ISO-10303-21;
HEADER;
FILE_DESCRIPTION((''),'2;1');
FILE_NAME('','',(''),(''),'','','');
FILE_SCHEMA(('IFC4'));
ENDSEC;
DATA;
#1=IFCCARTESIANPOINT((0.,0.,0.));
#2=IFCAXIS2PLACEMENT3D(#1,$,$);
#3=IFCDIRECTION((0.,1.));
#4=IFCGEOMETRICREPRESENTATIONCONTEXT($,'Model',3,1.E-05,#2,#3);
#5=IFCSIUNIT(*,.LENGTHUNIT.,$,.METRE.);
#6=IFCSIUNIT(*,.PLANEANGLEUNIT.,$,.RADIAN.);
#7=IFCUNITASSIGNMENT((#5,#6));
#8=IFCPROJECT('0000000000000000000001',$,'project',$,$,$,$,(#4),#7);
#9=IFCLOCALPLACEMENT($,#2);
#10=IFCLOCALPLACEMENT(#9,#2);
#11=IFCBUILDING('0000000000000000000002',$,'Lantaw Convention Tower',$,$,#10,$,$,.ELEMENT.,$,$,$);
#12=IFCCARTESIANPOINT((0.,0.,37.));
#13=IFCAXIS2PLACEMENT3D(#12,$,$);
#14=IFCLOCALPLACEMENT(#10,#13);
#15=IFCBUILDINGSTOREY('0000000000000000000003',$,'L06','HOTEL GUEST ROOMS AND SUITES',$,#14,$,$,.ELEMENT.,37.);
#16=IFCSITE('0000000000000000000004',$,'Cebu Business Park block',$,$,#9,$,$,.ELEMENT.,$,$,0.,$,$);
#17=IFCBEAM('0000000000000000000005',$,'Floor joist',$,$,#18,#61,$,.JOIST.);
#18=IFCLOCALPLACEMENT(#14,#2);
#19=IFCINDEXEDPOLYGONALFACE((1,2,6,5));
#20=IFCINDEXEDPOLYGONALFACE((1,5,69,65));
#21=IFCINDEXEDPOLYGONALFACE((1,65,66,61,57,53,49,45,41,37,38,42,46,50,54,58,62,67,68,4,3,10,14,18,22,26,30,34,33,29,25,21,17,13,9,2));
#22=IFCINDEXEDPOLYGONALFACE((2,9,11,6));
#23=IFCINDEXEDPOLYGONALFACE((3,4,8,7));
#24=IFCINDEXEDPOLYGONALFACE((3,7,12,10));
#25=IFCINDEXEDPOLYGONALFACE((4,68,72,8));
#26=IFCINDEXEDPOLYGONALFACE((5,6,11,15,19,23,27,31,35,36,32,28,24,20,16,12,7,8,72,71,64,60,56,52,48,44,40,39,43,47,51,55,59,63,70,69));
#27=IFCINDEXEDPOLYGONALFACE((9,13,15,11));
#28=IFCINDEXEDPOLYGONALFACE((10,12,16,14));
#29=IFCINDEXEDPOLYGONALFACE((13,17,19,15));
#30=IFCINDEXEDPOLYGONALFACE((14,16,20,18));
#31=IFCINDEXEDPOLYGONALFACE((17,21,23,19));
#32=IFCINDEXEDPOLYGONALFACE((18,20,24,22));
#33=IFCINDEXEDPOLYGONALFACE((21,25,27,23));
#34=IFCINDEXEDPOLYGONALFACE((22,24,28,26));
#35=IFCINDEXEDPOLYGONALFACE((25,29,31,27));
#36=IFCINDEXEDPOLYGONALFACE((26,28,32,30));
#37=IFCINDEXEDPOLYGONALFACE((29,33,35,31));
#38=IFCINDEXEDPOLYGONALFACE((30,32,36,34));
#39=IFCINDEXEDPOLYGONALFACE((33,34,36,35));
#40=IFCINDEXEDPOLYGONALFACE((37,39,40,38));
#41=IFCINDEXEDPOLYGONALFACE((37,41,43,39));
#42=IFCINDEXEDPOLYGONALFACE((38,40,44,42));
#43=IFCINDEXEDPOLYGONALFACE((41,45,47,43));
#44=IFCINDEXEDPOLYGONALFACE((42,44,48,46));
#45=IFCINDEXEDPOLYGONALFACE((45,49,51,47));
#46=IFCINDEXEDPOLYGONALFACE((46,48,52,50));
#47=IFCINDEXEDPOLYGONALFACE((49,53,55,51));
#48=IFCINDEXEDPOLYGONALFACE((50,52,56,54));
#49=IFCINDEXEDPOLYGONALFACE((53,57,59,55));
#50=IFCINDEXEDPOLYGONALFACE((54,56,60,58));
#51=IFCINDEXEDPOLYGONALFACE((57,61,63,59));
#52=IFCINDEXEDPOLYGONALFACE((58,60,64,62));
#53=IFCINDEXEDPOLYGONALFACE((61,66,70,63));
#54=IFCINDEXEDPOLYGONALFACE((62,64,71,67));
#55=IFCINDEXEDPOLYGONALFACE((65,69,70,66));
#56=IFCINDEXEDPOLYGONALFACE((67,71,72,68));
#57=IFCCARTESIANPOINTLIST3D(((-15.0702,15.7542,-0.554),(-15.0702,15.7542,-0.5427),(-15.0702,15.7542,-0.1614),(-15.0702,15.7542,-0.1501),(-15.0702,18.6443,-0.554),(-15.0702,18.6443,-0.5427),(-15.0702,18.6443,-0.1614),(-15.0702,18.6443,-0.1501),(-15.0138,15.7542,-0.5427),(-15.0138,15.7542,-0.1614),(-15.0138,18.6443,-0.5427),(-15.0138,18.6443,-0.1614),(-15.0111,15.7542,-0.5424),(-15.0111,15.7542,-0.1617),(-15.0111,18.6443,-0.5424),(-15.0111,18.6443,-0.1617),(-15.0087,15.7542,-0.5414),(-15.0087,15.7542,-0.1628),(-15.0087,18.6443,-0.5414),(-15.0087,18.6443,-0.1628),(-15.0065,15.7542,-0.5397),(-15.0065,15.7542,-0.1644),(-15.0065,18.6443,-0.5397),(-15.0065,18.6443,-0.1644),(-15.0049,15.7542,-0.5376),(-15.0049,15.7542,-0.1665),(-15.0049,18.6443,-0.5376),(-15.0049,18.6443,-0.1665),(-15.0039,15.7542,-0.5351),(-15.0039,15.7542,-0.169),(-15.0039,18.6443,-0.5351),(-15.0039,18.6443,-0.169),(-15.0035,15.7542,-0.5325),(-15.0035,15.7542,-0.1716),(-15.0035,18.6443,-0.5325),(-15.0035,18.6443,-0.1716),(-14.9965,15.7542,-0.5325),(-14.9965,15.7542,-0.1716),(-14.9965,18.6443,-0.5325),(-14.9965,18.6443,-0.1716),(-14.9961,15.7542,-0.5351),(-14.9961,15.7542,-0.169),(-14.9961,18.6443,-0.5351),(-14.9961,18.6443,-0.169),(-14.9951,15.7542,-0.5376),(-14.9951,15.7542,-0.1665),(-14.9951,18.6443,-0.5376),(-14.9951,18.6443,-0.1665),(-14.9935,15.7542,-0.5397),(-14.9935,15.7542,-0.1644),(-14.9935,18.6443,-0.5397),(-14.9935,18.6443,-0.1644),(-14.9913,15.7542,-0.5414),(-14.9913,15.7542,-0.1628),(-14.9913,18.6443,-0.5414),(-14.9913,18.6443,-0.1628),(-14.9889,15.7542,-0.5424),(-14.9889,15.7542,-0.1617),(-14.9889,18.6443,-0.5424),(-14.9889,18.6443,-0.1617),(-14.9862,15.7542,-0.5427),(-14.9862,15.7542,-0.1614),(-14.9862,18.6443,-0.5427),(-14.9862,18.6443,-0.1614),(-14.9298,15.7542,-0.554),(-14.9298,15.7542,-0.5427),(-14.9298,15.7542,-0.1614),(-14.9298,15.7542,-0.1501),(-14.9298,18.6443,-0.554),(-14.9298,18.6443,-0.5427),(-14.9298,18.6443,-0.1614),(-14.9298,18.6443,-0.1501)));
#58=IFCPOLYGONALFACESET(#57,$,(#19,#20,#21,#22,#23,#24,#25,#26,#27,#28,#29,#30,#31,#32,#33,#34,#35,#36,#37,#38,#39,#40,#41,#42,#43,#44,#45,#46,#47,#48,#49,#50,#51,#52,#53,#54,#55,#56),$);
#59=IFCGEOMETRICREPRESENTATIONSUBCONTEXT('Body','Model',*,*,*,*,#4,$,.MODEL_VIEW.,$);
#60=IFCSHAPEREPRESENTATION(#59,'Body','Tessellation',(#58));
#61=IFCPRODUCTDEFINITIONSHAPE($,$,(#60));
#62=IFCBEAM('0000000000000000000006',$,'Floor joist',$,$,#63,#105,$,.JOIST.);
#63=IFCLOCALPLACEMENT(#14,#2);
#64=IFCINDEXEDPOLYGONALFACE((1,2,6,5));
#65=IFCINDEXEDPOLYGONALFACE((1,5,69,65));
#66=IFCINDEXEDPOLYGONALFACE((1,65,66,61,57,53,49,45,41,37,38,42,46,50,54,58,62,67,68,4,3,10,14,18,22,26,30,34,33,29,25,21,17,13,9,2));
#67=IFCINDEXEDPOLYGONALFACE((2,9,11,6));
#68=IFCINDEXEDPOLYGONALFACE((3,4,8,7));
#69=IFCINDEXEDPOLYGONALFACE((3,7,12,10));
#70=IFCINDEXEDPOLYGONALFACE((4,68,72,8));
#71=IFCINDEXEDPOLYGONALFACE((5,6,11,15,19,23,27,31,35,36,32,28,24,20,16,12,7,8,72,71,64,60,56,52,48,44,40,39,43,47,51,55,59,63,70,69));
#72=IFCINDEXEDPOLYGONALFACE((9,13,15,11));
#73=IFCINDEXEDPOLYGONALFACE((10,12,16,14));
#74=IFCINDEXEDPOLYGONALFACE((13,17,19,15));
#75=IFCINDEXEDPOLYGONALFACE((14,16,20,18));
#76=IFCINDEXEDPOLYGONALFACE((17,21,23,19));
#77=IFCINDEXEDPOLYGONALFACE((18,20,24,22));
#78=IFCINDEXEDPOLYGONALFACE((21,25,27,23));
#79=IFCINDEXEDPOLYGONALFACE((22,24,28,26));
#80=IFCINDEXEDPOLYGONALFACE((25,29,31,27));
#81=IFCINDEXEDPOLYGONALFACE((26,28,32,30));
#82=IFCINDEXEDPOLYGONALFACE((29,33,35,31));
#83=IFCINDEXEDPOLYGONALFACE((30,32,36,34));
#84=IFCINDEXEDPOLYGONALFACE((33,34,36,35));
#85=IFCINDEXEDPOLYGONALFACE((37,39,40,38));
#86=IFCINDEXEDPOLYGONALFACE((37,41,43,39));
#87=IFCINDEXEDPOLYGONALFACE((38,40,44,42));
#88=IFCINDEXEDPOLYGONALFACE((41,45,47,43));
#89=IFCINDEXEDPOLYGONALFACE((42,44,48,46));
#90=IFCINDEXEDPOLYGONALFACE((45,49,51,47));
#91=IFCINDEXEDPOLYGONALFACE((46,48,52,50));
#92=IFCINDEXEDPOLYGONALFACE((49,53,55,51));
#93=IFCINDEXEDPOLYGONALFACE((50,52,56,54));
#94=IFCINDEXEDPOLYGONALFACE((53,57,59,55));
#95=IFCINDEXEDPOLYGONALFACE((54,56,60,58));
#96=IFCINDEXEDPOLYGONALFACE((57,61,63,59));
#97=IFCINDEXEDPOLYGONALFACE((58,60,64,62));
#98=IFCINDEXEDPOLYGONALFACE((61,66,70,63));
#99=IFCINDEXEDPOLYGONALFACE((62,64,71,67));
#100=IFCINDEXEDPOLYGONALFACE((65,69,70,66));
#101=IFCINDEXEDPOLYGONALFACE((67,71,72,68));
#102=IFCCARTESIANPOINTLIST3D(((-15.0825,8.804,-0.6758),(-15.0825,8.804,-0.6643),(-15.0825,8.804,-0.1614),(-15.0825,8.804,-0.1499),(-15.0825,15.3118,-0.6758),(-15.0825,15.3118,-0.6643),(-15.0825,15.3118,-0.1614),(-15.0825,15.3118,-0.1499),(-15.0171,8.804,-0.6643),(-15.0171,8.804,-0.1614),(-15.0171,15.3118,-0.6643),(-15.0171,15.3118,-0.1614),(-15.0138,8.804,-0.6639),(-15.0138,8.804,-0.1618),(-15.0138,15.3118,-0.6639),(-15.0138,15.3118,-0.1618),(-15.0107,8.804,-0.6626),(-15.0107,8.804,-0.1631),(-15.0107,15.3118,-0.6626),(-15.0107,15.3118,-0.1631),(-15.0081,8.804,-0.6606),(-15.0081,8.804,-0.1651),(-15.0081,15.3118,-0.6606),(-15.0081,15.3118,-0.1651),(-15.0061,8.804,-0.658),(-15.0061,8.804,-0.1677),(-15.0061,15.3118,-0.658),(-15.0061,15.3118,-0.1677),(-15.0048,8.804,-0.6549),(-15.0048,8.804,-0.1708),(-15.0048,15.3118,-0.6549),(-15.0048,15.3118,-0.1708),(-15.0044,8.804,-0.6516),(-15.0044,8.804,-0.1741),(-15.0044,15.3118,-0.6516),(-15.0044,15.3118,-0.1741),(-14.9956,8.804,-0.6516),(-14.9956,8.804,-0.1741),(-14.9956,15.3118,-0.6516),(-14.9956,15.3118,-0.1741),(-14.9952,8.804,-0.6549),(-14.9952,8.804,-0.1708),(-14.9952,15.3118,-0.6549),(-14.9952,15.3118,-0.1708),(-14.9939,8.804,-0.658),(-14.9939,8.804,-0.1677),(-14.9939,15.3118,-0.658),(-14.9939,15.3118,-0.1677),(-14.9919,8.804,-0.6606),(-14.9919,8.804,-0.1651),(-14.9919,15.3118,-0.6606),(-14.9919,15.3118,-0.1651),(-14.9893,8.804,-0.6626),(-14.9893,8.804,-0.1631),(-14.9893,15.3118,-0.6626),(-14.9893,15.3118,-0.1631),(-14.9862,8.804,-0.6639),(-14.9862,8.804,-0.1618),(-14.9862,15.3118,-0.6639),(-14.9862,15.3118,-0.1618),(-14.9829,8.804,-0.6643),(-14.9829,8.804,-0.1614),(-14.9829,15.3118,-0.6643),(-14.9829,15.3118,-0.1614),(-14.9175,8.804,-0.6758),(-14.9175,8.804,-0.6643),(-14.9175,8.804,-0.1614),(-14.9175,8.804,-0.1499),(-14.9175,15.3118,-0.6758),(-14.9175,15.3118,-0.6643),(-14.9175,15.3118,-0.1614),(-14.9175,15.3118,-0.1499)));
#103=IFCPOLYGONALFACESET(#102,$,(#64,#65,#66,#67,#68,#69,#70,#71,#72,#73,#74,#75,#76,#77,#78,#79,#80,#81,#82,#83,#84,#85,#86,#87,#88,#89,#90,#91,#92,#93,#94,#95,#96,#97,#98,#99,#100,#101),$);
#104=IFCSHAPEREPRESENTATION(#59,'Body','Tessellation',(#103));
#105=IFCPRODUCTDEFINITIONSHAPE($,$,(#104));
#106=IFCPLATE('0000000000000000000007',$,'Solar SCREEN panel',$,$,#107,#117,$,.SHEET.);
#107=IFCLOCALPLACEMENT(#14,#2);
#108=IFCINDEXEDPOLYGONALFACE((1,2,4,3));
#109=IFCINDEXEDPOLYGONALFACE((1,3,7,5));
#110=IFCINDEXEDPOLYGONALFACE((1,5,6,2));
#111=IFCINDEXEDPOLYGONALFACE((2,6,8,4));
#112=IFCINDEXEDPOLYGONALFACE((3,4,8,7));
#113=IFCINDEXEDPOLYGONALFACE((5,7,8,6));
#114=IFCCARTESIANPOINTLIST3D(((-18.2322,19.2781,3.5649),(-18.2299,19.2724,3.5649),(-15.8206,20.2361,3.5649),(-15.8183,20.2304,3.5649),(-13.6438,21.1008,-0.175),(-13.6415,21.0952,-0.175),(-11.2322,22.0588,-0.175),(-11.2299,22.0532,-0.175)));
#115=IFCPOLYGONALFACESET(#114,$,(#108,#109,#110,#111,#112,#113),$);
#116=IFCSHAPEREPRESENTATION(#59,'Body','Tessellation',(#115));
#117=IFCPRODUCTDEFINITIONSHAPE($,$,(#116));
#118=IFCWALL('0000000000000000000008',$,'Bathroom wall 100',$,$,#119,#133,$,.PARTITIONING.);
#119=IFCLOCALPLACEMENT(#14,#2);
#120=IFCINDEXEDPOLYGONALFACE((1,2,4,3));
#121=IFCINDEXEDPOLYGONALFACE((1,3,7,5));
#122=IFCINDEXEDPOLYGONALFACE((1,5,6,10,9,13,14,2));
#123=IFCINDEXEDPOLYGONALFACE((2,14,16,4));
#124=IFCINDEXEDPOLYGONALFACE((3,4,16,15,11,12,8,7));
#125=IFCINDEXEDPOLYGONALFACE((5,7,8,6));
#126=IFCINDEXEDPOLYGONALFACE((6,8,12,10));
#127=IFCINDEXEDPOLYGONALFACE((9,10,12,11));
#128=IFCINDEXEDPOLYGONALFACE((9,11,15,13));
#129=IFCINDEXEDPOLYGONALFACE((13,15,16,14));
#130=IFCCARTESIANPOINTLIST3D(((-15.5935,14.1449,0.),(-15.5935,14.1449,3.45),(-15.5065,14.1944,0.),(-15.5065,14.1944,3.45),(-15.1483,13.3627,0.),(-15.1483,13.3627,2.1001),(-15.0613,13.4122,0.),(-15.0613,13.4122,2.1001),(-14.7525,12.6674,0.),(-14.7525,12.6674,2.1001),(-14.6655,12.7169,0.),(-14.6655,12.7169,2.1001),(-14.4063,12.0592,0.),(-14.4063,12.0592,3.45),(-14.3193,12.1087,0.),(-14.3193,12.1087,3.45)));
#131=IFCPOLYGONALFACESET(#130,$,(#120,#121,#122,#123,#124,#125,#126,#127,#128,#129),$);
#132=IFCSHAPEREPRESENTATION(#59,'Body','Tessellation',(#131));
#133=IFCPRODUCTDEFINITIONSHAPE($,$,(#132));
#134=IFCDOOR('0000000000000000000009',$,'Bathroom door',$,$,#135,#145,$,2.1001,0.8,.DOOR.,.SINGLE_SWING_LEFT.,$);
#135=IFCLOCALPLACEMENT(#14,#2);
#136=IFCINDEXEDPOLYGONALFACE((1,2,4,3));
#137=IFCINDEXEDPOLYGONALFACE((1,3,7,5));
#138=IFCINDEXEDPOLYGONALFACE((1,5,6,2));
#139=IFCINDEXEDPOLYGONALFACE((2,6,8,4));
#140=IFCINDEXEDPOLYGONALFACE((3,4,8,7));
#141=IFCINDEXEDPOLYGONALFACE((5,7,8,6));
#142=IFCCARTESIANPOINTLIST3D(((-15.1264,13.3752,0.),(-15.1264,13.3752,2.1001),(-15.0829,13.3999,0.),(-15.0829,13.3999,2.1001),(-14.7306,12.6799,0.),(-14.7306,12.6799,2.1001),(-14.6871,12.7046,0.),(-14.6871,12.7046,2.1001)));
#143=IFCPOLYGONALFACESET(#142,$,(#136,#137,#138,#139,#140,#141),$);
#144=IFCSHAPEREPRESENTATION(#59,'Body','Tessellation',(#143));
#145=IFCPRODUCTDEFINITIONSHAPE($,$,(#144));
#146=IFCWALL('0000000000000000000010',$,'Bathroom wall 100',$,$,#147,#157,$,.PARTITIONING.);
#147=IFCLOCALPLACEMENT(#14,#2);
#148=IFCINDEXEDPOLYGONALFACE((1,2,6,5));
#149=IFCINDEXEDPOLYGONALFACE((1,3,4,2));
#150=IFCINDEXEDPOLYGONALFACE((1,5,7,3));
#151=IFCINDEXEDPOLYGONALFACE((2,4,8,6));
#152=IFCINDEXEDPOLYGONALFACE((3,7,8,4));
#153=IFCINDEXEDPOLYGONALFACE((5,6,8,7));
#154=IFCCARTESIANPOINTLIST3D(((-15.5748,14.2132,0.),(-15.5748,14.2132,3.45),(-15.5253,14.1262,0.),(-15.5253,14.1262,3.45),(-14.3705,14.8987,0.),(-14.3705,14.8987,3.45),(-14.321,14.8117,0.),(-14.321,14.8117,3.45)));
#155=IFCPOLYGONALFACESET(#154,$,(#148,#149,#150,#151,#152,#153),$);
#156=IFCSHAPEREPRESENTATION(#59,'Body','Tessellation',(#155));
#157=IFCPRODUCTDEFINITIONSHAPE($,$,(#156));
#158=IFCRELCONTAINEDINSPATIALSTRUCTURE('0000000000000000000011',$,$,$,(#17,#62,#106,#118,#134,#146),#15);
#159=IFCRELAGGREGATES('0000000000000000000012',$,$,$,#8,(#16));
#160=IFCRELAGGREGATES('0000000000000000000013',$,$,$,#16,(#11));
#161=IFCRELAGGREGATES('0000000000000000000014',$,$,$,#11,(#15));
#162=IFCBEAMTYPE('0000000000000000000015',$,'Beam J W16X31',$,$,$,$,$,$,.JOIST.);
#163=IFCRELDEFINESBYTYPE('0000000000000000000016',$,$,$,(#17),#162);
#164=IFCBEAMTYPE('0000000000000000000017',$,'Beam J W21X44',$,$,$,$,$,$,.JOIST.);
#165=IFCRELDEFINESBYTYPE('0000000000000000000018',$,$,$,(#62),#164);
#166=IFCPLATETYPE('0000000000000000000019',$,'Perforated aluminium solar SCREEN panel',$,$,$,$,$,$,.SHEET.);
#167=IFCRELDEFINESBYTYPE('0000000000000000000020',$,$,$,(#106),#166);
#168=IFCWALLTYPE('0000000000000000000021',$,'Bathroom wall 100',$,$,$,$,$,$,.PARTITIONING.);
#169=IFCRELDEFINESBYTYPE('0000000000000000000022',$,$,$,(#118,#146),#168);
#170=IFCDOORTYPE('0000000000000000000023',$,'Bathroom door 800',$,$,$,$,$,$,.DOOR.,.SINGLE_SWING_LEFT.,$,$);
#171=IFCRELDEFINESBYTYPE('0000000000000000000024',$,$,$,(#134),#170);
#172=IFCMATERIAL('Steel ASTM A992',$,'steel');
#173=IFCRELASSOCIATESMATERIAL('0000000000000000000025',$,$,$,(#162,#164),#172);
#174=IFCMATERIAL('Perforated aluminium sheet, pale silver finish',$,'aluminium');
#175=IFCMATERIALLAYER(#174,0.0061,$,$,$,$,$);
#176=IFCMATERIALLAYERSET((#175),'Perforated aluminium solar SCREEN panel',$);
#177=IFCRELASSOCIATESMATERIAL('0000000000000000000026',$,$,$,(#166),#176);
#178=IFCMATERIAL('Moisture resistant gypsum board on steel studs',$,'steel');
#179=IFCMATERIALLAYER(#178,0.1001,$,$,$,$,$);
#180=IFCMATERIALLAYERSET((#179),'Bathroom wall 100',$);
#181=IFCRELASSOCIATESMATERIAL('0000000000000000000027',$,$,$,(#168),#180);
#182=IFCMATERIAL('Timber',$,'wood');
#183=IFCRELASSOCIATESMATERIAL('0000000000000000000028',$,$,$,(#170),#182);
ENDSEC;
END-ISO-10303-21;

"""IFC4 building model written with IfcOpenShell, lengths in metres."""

from ifc_helpers import new_model, si_unit, direction, frame, frame_2d, origin, origin_2d, place, context, subcontext, project, spatial, polyline, rectangle, i_section, outline, extrude, material, layer, layer_set, material_profile, profile_set, type_object, element, fill, save


model = new_model("IFC4")

# Units and contexts
model_context = context("Model", 3, precision=1e-05, world=origin(), true_north=direction((0.0, 1.0)))
body_context = subcontext(model_context, "Body", "Model", "MODEL_VIEW")
ifc_project = project(units=[si_unit("LENGTHUNIT", "METRE"), si_unit("PLANEANGLEUNIT", "RADIAN")], contexts=[model_context])

# Site, building, storey
site_placement = place(None, origin())
site = spatial("IfcSite", under=ifc_project, at=site_placement, Name="Cebu Business Park block", CompositionType="ELEMENT", RefElevation=0.0)
building_placement = place(site_placement, origin())
building = spatial("IfcBuilding", under=site, at=building_placement, Name="Lantaw Convention Tower", CompositionType="ELEMENT")
storey_placement = place(building_placement, frame((0.0, 0.0, 37.0)))
storey = spatial("IfcBuildingStorey", under=building, at=storey_placement, Name="L06", Description="HOTEL GUEST ROOMS AND SUITES", CompositionType="ELEMENT", Elevation=37.0)

# Beams
ifc_material_1 = material(Name="Steel ASTM A992", Category="steel")
ifc_material_profile_1 = material_profile(ifc_material_1, i_section(OverallWidth=0.1404, OverallDepth=0.4038, WebThickness=0.0071, FlangeThickness=0.0112, FilletRadius=0.0103, at=origin_2d()), Name="W16X31")
ifc_profile_set_1 = profile_set([ifc_material_profile_1], Name="Steel ASTM A992")
beam_type_1 = type_object("IfcBeamType", Name="Beam J W16X31", PredefinedType="JOIST", material=ifc_profile_set_1)
beam_1_placement = place(storey_placement, frame((-15.0, 15.7542, -0.3521), z_axis=(0.0, 1.0, 0.0), x_axis=(-1.0, 0.0, 0.0)))
element("IfcBeam", 1, at=beam_1_placement, inside=storey, type_object=beam_type_1, Name="Floor joist", PredefinedType="JOIST", context=body_context, shape_type="SweptSolid", body=[
    extrude(i_section(OverallWidth=0.1404, OverallDepth=0.4038, WebThickness=0.0071, FlangeThickness=0.0112, FilletRadius=0.0103, at=origin_2d()), origin(), (0.0, 0.0, 1.0), 2.8901),
])
ifc_material_profile_2 = material_profile(ifc_material_1, i_section(OverallWidth=0.165, OverallDepth=0.5259, WebThickness=0.0088, FlangeThickness=0.0115, FilletRadius=0.0127, at=origin_2d()), Name="W21X44")
ifc_profile_set_2 = profile_set([ifc_material_profile_2], Name="Steel ASTM A992")
beam_type_2 = type_object("IfcBeamType", Name="Beam J W21X44", PredefinedType="JOIST", material=ifc_profile_set_2)
beam_2_placement = place(storey_placement, frame((-15.0, 8.804, -0.4128), z_axis=(0.0, 1.0, 0.0), x_axis=(-1.0, 0.0, 0.0)))
element("IfcBeam", 2, at=beam_2_placement, inside=storey, type_object=beam_type_2, Name="Floor joist", PredefinedType="JOIST", context=body_context, shape_type="SweptSolid", body=[
    extrude(i_section(OverallWidth=0.165, OverallDepth=0.5259, WebThickness=0.0088, FlangeThickness=0.0115, FilletRadius=0.0127, at=origin_2d()), origin(), (0.0, 0.0, 1.0), 6.5078),
])

# Plate
ifc_material_2 = material(Name="Perforated aluminium sheet, pale silver finish", Category="aluminium")
ifc_layer_1 = layer(ifc_material_2, 0.0061)
ifc_layer_set_1 = layer_set([ifc_layer_1], Name="Perforated aluminium solar SCREEN panel")
plate_type = type_object("IfcPlateType", Name="Perforated aluminium solar SCREEN panel", PredefinedType="SHEET", material=ifc_layer_set_1)
plate_placement = place(storey_placement, frame((-11.2322, 22.0588, -0.175), z_axis=(-0.369184, 0.929357, 0.000009), x_axis=(-0.929357, -0.369184, 0.0)))
element("IfcPlate", 3, at=plate_placement, inside=storey, type_object=plate_type, Name="Solar SCREEN panel", PredefinedType="SHEET", context=body_context, shape_type="SweptSolid", body=[
    extrude(outline(polyline([(0.0, 0.0), (2.5949, 0.0), (7.5321, 3.74), (4.9372, 3.74), (0.0, 0.0)])), origin(), (0.0, 0.0, -1.0), 0.0061),
])

# Wall, opening, door
ifc_material_3 = material(Name="Moisture resistant gypsum board on steel studs", Category="steel")
ifc_layer_2 = layer(ifc_material_3, 0.1001)
ifc_layer_set_2 = layer_set([ifc_layer_2], Name="Bathroom wall 100")
wall_type_1 = type_object("IfcWallType", Name="Bathroom wall 100", PredefinedType="PARTITIONING", material=ifc_layer_set_2)
wall_1_placement = place(storey_placement, frame((-14.3628, 12.084, 0.0), z_axis=(0.0, 0.0, 1.0), x_axis=(-0.494703, 0.869062, 0.0)))
wall_1 = element("IfcWall", 4, at=wall_1_placement, inside=storey, type_object=wall_type_1, Name="Bathroom wall 100", PredefinedType="PARTITIONING", context=body_context, shape_type="SweptSolid", body=[
    extrude(rectangle(XDim=2.3999, YDim=0.1001, at=frame_2d((1.2, 0.0))), origin(), (0.0, 0.0, 1.0), 3.45),
])
opening_1_placement = place(wall_1_placement, frame((0.7, 0.0, 0.0)))
opening_1 = element("IfcOpeningElement", 5, at=opening_1_placement, cuts=wall_1, PredefinedType="OPENING", context=body_context, shape_type="SweptSolid", body=[
    extrude(rectangle(XDim=0.8, YDim=2.1001, at=frame_2d((0.3999, 1.05))), frame((0.0, 0.0601, 0.0), z_axis=(0.0, -1.0, 0.0), x_axis=(1.0, 0.0, 0.0)), (0.0, 0.0, 1.0), 0.1201),
])
ifc_material_4 = material(Name="Timber", Category="wood")
door_type_1 = type_object("IfcDoorType", Name="Bathroom door 800", OperationType="SINGLE_SWING_LEFT", PredefinedType="DOOR", material=ifc_material_4)
door_1_placement = place(opening_1_placement, origin())
door_1 = element("IfcDoor", 6, at=door_1_placement, inside=storey, type_object=door_type_1, Name="Bathroom door", OperationType="SINGLE_SWING_LEFT", OverallHeight=2.1001, OverallWidth=0.8, PredefinedType="DOOR", context=body_context, shape_type="SweptSolid", body=[
    extrude(rectangle(XDim=0.8, YDim=2.1001, at=frame_2d((0.3999, 1.05))), frame((0.0, 0.0249, 0.0), z_axis=(0.0, -1.0, 0.0), x_axis=(1.0, 0.0, 0.0)), (0.0, 0.0, 1.0), 0.05),
])
fill(opening_1, door_1)

# Wall
wall_2_placement = place(storey_placement, frame((-15.55, 14.1697, 0.0), z_axis=(0.0, 0.0, 1.0), x_axis=(0.869066, 0.494696, 0.0)))
element("IfcWall", 7, at=wall_2_placement, inside=storey, type_object=wall_type_1, Name="Bathroom wall 100", PredefinedType="PARTITIONING", context=body_context, shape_type="SweptSolid", body=[
    extrude(rectangle(XDim=1.3857, YDim=0.1001, at=frame_2d((0.6929, 0.0))), origin(), (0.0, 0.0, 1.0), 3.45),
])

save(model, "model.ifc")
